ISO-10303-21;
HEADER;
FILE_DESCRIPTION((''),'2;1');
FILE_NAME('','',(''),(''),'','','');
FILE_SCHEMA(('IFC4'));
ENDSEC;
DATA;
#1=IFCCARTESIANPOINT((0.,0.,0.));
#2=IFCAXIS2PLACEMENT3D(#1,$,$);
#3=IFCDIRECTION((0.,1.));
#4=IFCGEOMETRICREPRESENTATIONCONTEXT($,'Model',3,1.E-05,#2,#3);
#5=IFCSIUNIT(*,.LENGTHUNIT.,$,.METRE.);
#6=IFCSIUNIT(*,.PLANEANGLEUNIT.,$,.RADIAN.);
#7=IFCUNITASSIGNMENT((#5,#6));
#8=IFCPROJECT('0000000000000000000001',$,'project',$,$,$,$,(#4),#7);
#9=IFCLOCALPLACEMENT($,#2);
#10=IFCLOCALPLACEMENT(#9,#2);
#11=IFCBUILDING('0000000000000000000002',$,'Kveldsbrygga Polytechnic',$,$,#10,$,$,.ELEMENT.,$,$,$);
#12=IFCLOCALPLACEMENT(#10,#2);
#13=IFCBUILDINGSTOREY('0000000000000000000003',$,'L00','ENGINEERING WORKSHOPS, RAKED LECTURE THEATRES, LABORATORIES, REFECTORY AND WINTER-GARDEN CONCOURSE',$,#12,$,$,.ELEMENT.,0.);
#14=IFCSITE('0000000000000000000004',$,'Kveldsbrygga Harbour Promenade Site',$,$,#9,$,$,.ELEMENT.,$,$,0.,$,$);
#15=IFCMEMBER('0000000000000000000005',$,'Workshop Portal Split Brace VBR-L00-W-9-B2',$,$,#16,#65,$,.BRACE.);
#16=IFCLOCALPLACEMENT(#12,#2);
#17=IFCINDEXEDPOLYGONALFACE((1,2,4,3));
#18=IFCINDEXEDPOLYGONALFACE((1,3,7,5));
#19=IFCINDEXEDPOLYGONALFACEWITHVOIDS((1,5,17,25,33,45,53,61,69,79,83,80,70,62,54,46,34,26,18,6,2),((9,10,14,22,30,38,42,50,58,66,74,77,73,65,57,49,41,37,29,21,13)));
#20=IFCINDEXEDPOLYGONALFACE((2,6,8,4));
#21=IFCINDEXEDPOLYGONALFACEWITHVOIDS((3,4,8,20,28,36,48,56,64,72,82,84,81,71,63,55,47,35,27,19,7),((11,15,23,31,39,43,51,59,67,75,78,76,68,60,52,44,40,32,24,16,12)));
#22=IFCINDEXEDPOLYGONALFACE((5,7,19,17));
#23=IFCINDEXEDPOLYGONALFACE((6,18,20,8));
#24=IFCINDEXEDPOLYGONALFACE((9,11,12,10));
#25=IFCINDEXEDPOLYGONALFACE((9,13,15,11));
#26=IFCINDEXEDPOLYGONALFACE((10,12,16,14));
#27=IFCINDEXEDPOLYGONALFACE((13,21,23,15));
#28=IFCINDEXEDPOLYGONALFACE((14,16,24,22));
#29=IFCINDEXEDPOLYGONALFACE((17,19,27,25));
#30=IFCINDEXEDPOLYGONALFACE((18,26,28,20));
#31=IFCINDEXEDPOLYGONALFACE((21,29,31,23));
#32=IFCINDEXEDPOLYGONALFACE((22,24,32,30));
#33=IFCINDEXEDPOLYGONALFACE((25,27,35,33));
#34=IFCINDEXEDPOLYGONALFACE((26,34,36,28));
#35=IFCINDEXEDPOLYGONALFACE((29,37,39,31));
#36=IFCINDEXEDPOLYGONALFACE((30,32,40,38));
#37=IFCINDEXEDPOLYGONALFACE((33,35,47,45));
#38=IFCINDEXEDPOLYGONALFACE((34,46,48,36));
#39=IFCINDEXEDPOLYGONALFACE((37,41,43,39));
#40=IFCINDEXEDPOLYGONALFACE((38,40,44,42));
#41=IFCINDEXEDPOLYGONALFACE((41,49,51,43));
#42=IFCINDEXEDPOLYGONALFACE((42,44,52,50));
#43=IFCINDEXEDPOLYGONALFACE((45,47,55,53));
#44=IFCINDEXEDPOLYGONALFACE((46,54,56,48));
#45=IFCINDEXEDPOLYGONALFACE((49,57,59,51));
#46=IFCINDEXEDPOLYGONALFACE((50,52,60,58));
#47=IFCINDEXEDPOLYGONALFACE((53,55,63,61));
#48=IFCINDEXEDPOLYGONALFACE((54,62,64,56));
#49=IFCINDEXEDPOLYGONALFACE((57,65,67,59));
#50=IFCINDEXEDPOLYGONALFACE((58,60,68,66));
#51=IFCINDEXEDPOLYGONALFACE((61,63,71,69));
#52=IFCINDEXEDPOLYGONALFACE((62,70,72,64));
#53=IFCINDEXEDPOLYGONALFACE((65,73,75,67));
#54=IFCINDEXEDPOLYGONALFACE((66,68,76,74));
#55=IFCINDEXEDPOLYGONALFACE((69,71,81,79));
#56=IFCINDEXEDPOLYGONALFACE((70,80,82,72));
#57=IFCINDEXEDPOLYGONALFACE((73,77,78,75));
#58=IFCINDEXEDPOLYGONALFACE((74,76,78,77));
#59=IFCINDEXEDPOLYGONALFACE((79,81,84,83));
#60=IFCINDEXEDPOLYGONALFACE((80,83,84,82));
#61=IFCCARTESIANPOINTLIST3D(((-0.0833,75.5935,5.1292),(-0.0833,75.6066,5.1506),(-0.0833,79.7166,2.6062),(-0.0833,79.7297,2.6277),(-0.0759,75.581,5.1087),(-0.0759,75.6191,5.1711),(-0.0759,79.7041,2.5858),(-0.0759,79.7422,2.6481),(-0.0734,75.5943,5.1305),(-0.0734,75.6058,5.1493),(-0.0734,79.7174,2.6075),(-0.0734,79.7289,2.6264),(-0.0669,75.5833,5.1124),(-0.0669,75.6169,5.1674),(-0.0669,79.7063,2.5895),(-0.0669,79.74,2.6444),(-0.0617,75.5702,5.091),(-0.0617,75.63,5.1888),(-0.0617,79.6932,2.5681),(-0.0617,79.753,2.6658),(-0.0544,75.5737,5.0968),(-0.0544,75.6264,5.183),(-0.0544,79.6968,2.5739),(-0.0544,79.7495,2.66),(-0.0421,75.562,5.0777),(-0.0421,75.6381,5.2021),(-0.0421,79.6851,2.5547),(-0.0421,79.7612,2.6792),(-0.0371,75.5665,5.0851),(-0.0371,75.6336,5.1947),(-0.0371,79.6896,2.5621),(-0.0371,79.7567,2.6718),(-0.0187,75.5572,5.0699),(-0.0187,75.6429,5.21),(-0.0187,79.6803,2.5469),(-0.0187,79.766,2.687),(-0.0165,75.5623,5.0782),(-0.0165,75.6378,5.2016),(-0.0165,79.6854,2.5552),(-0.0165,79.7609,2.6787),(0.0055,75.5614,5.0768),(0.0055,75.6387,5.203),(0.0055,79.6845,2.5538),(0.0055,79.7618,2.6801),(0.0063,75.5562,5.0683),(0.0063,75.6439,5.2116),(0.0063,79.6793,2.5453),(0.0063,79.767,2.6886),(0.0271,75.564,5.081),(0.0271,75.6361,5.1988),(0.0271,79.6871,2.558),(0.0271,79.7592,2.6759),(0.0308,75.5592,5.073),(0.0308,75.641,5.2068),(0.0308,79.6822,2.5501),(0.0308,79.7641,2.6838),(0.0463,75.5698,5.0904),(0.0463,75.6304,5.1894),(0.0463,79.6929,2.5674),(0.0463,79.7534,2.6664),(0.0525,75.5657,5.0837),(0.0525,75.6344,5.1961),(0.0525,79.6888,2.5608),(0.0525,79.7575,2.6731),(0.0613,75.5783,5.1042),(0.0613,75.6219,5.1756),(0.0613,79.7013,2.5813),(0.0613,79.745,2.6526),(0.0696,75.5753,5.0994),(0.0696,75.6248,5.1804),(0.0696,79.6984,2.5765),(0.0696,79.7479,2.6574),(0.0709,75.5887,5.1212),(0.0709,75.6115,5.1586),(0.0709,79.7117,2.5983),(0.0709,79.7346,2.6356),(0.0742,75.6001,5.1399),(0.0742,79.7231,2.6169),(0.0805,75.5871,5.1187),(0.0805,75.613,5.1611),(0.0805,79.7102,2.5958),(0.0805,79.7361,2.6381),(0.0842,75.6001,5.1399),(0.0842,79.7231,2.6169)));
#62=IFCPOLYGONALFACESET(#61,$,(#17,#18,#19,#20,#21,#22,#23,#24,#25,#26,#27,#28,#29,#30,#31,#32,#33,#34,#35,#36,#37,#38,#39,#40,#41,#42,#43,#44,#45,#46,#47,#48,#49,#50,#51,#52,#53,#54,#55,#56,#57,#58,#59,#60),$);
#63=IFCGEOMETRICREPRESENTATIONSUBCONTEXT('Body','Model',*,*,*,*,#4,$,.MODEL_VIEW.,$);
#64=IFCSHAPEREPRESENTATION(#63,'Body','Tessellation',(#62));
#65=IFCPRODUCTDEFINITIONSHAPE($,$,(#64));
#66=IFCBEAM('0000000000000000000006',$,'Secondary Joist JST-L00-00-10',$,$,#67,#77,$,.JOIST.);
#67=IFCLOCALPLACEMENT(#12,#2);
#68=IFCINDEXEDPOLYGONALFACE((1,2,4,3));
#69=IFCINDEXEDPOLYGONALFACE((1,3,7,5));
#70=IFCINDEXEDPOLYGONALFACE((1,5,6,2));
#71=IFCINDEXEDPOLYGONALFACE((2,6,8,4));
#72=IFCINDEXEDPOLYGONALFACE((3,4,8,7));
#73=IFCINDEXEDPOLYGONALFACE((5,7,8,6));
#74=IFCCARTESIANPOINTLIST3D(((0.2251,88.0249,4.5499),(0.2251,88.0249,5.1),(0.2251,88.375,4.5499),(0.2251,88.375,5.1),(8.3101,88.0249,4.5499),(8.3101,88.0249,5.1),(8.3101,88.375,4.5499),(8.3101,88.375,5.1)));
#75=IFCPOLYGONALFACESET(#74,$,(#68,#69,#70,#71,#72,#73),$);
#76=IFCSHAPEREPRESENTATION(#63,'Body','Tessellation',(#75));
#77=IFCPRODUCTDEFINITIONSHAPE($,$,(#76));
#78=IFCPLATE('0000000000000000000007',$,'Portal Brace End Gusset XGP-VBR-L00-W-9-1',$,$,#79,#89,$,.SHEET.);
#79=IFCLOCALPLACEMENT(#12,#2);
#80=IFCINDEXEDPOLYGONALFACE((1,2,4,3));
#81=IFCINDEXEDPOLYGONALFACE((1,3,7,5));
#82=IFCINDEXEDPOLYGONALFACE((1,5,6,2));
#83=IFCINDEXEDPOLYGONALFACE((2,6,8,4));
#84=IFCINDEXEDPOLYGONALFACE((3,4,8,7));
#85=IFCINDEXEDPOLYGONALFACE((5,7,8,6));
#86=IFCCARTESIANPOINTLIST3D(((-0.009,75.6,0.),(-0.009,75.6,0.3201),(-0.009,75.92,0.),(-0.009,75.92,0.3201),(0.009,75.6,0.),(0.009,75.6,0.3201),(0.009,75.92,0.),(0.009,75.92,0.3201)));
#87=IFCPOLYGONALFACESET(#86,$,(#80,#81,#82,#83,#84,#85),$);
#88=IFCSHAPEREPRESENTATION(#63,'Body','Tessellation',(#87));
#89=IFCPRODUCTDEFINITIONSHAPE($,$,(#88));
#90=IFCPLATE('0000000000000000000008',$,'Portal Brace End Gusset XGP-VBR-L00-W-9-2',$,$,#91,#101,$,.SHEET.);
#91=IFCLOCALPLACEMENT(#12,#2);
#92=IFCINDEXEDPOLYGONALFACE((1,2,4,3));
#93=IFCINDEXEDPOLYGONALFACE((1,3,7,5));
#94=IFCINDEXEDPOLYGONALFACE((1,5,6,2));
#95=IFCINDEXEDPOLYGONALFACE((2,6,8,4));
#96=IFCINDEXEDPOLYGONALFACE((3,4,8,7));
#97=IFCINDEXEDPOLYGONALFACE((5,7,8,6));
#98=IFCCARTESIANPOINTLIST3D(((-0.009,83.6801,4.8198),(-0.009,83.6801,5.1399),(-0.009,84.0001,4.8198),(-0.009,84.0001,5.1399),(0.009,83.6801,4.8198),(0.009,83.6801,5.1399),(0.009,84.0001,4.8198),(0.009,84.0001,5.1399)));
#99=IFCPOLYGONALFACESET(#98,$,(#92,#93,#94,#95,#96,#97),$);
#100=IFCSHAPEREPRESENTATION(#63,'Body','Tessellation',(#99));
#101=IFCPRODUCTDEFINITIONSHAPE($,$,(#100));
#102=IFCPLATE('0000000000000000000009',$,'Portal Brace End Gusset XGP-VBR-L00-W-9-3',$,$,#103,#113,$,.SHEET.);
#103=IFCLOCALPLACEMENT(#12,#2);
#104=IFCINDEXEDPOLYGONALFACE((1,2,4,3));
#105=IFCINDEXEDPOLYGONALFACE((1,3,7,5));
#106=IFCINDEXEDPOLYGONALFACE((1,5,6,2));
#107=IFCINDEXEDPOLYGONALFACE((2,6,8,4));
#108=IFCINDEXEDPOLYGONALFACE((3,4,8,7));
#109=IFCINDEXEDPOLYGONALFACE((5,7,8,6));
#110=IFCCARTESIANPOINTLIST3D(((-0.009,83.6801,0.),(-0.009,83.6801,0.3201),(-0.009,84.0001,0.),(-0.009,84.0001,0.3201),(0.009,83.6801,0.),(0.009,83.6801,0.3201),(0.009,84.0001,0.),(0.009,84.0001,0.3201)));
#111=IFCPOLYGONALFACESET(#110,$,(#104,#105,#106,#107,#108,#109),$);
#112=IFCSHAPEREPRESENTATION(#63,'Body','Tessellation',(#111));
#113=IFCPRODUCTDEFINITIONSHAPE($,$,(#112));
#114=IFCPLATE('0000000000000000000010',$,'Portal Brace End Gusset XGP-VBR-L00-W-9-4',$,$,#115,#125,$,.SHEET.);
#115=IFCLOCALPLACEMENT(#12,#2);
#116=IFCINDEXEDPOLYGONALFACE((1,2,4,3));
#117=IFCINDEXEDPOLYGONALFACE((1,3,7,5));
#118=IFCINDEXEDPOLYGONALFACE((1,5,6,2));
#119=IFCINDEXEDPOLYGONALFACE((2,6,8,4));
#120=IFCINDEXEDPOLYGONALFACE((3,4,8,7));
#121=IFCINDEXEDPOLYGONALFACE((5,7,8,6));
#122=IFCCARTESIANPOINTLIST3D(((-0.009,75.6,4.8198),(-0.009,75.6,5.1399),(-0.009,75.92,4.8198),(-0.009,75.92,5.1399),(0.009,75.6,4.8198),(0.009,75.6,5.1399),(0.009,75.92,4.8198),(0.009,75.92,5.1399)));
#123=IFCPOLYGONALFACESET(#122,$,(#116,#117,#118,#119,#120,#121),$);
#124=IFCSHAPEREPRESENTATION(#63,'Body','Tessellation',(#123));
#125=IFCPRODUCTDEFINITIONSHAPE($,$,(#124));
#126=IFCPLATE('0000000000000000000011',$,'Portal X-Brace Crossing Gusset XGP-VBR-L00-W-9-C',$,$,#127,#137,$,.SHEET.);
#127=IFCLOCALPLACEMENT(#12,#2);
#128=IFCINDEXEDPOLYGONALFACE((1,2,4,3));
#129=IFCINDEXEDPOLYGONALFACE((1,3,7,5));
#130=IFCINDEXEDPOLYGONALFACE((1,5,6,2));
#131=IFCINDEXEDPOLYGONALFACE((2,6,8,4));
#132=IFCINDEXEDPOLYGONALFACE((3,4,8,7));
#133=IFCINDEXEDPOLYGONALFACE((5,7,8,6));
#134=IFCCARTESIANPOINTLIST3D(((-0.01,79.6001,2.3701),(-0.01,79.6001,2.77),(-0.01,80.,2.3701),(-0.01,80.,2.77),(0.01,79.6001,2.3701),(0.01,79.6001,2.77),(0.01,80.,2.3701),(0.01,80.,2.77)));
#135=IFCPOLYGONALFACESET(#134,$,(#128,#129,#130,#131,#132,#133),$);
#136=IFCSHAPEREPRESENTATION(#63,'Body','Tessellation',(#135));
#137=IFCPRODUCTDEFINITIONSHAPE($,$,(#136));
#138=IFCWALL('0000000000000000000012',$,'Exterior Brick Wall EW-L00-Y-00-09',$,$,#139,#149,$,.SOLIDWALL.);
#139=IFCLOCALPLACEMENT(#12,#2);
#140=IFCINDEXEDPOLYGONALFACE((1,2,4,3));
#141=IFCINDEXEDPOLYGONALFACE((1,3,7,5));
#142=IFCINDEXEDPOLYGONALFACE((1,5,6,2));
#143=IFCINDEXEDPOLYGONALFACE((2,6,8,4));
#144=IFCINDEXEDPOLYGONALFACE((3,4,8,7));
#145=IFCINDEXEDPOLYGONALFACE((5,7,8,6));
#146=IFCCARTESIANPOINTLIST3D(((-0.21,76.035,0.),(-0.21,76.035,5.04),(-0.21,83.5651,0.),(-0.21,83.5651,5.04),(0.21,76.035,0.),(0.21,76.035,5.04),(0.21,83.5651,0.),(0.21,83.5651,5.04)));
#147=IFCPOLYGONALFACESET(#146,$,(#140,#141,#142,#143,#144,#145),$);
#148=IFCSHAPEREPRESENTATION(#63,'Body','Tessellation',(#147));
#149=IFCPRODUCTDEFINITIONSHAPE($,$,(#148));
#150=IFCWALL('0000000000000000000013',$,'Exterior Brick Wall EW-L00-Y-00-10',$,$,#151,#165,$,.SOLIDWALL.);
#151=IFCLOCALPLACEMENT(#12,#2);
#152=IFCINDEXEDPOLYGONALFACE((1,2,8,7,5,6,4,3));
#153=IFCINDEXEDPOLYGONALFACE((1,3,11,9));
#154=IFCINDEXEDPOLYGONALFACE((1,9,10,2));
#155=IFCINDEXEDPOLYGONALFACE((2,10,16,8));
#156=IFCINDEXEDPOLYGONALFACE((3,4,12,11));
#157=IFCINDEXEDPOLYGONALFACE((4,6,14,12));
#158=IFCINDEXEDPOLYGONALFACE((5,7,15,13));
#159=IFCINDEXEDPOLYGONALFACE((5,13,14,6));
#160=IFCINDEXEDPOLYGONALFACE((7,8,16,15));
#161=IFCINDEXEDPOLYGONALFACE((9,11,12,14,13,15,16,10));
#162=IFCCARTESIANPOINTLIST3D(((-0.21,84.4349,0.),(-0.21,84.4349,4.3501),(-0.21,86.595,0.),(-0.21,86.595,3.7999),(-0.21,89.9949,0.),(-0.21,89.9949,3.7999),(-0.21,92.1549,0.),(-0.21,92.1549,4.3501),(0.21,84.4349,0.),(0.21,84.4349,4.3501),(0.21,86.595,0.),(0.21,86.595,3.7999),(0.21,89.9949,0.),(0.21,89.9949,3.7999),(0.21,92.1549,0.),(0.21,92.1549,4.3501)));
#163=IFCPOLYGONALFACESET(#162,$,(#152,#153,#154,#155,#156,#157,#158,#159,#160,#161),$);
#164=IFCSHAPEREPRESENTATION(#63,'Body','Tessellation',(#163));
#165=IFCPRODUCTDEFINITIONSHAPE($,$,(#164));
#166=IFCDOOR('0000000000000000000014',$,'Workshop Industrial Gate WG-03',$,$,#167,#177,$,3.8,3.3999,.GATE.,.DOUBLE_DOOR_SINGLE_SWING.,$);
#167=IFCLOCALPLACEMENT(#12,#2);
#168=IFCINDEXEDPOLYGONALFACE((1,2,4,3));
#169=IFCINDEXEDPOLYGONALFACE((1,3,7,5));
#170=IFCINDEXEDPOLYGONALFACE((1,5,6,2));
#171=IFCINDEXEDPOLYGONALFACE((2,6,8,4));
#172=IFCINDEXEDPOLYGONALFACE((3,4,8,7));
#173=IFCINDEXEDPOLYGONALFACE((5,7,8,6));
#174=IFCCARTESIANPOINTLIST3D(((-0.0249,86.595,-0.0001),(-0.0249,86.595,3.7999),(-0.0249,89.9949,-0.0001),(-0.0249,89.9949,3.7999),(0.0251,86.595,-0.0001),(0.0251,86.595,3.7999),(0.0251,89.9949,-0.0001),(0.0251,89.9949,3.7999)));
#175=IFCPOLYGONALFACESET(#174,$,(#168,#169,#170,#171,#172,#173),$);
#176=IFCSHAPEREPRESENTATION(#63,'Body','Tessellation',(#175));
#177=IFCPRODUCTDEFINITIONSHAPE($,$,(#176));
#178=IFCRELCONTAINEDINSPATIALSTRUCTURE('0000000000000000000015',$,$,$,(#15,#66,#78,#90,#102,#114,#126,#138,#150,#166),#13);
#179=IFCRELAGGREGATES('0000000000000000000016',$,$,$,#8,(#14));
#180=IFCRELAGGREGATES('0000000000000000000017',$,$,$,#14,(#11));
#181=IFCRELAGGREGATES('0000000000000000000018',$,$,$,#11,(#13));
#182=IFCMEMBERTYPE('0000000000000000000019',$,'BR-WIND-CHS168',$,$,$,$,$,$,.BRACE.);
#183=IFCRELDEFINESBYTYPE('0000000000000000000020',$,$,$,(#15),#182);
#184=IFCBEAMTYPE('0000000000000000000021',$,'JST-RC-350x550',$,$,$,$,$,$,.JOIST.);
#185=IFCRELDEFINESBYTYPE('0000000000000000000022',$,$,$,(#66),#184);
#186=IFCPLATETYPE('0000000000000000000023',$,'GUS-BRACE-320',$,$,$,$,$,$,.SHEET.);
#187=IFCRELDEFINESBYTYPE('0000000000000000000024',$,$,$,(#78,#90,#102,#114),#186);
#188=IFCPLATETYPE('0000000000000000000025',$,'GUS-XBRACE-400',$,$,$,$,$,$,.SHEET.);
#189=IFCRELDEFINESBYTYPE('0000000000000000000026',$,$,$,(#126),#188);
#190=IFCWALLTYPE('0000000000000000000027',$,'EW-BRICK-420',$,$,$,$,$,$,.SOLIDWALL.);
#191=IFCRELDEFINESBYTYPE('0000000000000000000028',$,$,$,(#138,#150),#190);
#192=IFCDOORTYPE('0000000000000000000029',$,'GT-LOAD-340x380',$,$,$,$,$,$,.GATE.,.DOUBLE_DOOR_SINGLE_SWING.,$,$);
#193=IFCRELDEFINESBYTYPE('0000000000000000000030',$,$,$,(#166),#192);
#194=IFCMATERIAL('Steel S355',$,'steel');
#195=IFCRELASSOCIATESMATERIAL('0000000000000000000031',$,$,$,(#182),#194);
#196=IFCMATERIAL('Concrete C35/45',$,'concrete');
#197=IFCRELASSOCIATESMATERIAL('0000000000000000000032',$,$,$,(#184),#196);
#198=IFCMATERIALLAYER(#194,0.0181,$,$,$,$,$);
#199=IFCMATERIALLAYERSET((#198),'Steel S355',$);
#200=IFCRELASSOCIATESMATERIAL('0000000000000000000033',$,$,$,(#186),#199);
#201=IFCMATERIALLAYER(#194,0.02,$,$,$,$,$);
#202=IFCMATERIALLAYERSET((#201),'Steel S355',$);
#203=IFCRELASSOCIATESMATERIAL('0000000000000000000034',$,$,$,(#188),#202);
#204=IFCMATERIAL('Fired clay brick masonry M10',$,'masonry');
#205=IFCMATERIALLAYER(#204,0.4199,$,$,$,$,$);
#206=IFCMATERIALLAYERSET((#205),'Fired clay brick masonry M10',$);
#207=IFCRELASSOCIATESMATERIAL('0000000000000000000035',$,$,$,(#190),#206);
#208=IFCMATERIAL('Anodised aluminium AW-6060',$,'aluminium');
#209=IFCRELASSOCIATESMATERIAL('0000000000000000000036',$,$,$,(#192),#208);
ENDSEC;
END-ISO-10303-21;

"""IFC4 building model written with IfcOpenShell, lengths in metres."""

from ifc_helpers import new_model, si_unit, direction, frame, frame_2d, origin, origin_2d, place, context, subcontext, project, spatial, rectangle, hollow_circle, extrude, material, layer, layer_set, material_profile, profile_set, type_object, element, fill, save


model = new_model("IFC4")

# Units and contexts
model_context = context("Model", 3, precision=1e-05, world=origin(), true_north=direction((0.0, 1.0)))
body_context = subcontext(model_context, "Body", "Model", "MODEL_VIEW")
ifc_project = project(units=[si_unit("LENGTHUNIT", "METRE"), si_unit("PLANEANGLEUNIT", "RADIAN")], contexts=[model_context])

# Site, building, storey
site_placement = place(None, origin())
site = spatial("IfcSite", under=ifc_project, at=site_placement, Name="Kveldsbrygga Harbour Promenade Site", CompositionType="ELEMENT", RefElevation=0.0)
building_placement = place(site_placement, origin())
building = spatial("IfcBuilding", under=site, at=building_placement, Name="Kveldsbrygga Polytechnic", CompositionType="ELEMENT")
storey_placement = place(building_placement, origin())
storey = spatial("IfcBuildingStorey", under=building, at=storey_placement, Name="L00", Description="ENGINEERING WORKSHOPS, RAKED LECTURE THEATRES, LABORATORIES, REFECTORY AND WINTER-GARDEN CONCOURSE", CompositionType="ELEMENT", Elevation=0.0)

# Shared definitions
ifc_material_1 = material(Name="Concrete C35/45", Category="concrete")

# Member
ifc_material_2 = material(Name="Steel S355", Category="steel")
ifc_material_profile_1 = material_profile(ifc_material_2, hollow_circle(Radius=0.0842, WallThickness=0.01, at=origin_2d()), Name="CHS 168.3x10.0")
ifc_profile_set_1 = profile_set([ifc_material_profile_1], Name="Steel S355")
member_type = type_object("IfcMemberType", Name="BR-WIND-CHS168", PredefinedType="BRACE", material=ifc_profile_set_1)
member_1_placement = place(storey_placement, frame((0.0, 79.7231, 2.6169), z_axis=(0.0, -0.852977, 0.521948), x_axis=(1.0, 0.0, 0.0)))
element("IfcMember", 1, at=member_1_placement, inside=storey, type_object=member_type, Name="Workshop Portal Split Brace VBR-L00-W-9-B2", PredefinedType="BRACE", context=body_context, shape_type="SweptSolid", body=[
    extrude(hollow_circle(Radius=0.0842, WallThickness=0.01, at=origin_2d()), origin(), (0.0, 0.0, 1.0), 4.8337),
])

# Beam
ifc_material_profile_2 = material_profile(ifc_material_1, rectangle(XDim=0.3501, YDim=0.55, at=origin_2d()), Name="RC 350x550")
ifc_profile_set_2 = profile_set([ifc_material_profile_2], Name="Concrete C35/45")
beam_type_1 = type_object("IfcBeamType", Name="JST-RC-350x550", PredefinedType="JOIST", material=ifc_profile_set_2)
beam_1_placement = place(storey_placement, frame((0.2251, 88.2, 4.825), z_axis=(1.0, 0.0, 0.0), x_axis=(0.0, 1.0, 0.0)))
element("IfcBeam", 2, at=beam_1_placement, inside=storey, type_object=beam_type_1, Name="Secondary Joist JST-L00-00-10", PredefinedType="JOIST", context=body_context, shape_type="SweptSolid", body=[
    extrude(rectangle(XDim=0.3501, YDim=0.55, at=origin_2d()), origin(), (0.0, 0.0, 1.0), 8.085),
])

# Plates
ifc_layer_1 = layer(ifc_material_2, 0.0181)
ifc_layer_set_1 = layer_set([ifc_layer_1], Name="Steel S355")
plate_type_1 = type_object("IfcPlateType", Name="GUS-BRACE-320", PredefinedType="SHEET", material=ifc_layer_set_1)
for number, where, z_axis, x_axis, name in (
    (3, (0.0, 75.76, 0.0), (0.0, 0.0, 1.0), (1.0, 0.0, 0.0), "Portal Brace End Gusset XGP-VBR-L00-W-9-1"),
    (4, (0.0, 83.8401, 4.8198), (0.0, 0.0, 1.0), (1.0, 0.0, 0.0), "Portal Brace End Gusset XGP-VBR-L00-W-9-2"),
    (5, (0.0, 83.8401, 0.0), (0.0, 0.0, 1.0), (1.0, 0.0, 0.0), "Portal Brace End Gusset XGP-VBR-L00-W-9-3"),
    (6, (0.0, 75.76, 4.8198), (0.0, 0.0, 1.0), (1.0, 0.0, 0.0), "Portal Brace End Gusset XGP-VBR-L00-W-9-4"),
):
    element("IfcPlate", number, at=place(storey_placement, frame(where, z_axis=z_axis, x_axis=x_axis)), inside=storey, type_object=plate_type_1, Name=name, PredefinedType="SHEET", context=body_context, shape_type="SweptSolid", body=[
        extrude(rectangle(XDim=0.0181, YDim=0.3201, at=origin_2d()), origin(), (0.0, 0.0, 1.0), 0.3201),
    ])
ifc_layer_2 = layer(ifc_material_2, 0.02)
ifc_layer_set_2 = layer_set([ifc_layer_2], Name="Steel S355")
plate_type_2 = type_object("IfcPlateType", Name="GUS-XBRACE-400", PredefinedType="SHEET", material=ifc_layer_set_2)
plate_placement = place(storey_placement, frame((0.0, 79.8, 2.3701), z_axis=(0.0, 0.0, 1.0), x_axis=(1.0, 0.0, 0.0)))
element("IfcPlate", 7, at=plate_placement, inside=storey, type_object=plate_type_2, Name="Portal X-Brace Crossing Gusset XGP-VBR-L00-W-9-C", PredefinedType="SHEET", context=body_context, shape_type="SweptSolid", body=[
    extrude(rectangle(XDim=0.02, YDim=0.3999, at=origin_2d()), origin(), (0.0, 0.0, 1.0), 0.3999),
])

# Wall
ifc_material_3 = material(Name="Fired clay brick masonry M10", Category="masonry")
ifc_layer_3 = layer(ifc_material_3, 0.4199)
ifc_layer_set_3 = layer_set([ifc_layer_3], Name="Fired clay brick masonry M10")
wall_type_1 = type_object("IfcWallType", Name="EW-BRICK-420", PredefinedType="SOLIDWALL", material=ifc_layer_set_3)
wall_1_placement = place(storey_placement, frame((0.0, 76.0349, 0.0), z_axis=(0.0, 0.0, 1.0), x_axis=(0.0, 1.0, 0.0)))
element("IfcWall", 8, at=wall_1_placement, inside=storey, type_object=wall_type_1, Name="Exterior Brick Wall EW-L00-Y-00-09", PredefinedType="SOLIDWALL", context=body_context, shape_type="SweptSolid", body=[
    extrude(rectangle(XDim=7.53, YDim=0.4199, at=frame_2d((3.7651, 0.0))), origin(), (0.0, 0.0, 1.0), 5.04),
])

# Wall, opening, door
wall_2_placement = place(storey_placement, frame((0.0, 84.4351, 0.0), z_axis=(0.0, 0.0, 1.0), x_axis=(0.0, 1.0, 0.0)))
wall_2 = element("IfcWall", 9, at=wall_2_placement, inside=storey, type_object=wall_type_1, Name="Exterior Brick Wall EW-L00-Y-00-10", PredefinedType="SOLIDWALL", context=body_context, shape_type="SweptSolid", body=[
    extrude(rectangle(XDim=7.72, YDim=0.4199, at=frame_2d((3.8599, 0.0))), origin(), (0.0, 0.0, 1.0), 4.3501),
])
opening_1_placement = place(wall_2_placement, frame((2.1599, 0.0, 0.0)))
opening_1 = element("IfcOpeningElement", 10, at=opening_1_placement, cuts=wall_2, PredefinedType="OPENING", context=body_context, shape_type="SweptSolid", body=[
    extrude(rectangle(XDim=3.3999, YDim=3.8, at=frame_2d((1.7, 1.8999))), frame((0.0, 0.22, 0.0), z_axis=(0.0, -1.0, 0.0), x_axis=(1.0, 0.0, 0.0)), (0.0, 0.0, 1.0), 0.4399),
])
ifc_material_4 = material(Name="Anodised aluminium AW-6060", Category="aluminium")
door_type_1 = type_object("IfcDoorType", Name="GT-LOAD-340x380", OperationType="DOUBLE_DOOR_SINGLE_SWING", PredefinedType="GATE", material=ifc_material_4)
door_1_placement = place(opening_1_placement, origin())
door_1 = element("IfcDoor", 11, at=door_1_placement, inside=storey, type_object=door_type_1, Name="Workshop Industrial Gate WG-03", OperationType="DOUBLE_DOOR_SINGLE_SWING", OverallHeight=3.8, OverallWidth=3.3999, PredefinedType="GATE", context=body_context, shape_type="SweptSolid", body=[
    extrude(rectangle(XDim=3.3999, YDim=3.8, at=frame_2d((1.7, 1.8999))), frame((0.0, 0.0249, 0.0), z_axis=(0.0, -1.0, 0.0), x_axis=(1.0, 0.0, 0.0)), (0.0, 0.0, 1.0), 0.05),
])
fill(opening_1, door_1)

save(model, "model.ifc")
